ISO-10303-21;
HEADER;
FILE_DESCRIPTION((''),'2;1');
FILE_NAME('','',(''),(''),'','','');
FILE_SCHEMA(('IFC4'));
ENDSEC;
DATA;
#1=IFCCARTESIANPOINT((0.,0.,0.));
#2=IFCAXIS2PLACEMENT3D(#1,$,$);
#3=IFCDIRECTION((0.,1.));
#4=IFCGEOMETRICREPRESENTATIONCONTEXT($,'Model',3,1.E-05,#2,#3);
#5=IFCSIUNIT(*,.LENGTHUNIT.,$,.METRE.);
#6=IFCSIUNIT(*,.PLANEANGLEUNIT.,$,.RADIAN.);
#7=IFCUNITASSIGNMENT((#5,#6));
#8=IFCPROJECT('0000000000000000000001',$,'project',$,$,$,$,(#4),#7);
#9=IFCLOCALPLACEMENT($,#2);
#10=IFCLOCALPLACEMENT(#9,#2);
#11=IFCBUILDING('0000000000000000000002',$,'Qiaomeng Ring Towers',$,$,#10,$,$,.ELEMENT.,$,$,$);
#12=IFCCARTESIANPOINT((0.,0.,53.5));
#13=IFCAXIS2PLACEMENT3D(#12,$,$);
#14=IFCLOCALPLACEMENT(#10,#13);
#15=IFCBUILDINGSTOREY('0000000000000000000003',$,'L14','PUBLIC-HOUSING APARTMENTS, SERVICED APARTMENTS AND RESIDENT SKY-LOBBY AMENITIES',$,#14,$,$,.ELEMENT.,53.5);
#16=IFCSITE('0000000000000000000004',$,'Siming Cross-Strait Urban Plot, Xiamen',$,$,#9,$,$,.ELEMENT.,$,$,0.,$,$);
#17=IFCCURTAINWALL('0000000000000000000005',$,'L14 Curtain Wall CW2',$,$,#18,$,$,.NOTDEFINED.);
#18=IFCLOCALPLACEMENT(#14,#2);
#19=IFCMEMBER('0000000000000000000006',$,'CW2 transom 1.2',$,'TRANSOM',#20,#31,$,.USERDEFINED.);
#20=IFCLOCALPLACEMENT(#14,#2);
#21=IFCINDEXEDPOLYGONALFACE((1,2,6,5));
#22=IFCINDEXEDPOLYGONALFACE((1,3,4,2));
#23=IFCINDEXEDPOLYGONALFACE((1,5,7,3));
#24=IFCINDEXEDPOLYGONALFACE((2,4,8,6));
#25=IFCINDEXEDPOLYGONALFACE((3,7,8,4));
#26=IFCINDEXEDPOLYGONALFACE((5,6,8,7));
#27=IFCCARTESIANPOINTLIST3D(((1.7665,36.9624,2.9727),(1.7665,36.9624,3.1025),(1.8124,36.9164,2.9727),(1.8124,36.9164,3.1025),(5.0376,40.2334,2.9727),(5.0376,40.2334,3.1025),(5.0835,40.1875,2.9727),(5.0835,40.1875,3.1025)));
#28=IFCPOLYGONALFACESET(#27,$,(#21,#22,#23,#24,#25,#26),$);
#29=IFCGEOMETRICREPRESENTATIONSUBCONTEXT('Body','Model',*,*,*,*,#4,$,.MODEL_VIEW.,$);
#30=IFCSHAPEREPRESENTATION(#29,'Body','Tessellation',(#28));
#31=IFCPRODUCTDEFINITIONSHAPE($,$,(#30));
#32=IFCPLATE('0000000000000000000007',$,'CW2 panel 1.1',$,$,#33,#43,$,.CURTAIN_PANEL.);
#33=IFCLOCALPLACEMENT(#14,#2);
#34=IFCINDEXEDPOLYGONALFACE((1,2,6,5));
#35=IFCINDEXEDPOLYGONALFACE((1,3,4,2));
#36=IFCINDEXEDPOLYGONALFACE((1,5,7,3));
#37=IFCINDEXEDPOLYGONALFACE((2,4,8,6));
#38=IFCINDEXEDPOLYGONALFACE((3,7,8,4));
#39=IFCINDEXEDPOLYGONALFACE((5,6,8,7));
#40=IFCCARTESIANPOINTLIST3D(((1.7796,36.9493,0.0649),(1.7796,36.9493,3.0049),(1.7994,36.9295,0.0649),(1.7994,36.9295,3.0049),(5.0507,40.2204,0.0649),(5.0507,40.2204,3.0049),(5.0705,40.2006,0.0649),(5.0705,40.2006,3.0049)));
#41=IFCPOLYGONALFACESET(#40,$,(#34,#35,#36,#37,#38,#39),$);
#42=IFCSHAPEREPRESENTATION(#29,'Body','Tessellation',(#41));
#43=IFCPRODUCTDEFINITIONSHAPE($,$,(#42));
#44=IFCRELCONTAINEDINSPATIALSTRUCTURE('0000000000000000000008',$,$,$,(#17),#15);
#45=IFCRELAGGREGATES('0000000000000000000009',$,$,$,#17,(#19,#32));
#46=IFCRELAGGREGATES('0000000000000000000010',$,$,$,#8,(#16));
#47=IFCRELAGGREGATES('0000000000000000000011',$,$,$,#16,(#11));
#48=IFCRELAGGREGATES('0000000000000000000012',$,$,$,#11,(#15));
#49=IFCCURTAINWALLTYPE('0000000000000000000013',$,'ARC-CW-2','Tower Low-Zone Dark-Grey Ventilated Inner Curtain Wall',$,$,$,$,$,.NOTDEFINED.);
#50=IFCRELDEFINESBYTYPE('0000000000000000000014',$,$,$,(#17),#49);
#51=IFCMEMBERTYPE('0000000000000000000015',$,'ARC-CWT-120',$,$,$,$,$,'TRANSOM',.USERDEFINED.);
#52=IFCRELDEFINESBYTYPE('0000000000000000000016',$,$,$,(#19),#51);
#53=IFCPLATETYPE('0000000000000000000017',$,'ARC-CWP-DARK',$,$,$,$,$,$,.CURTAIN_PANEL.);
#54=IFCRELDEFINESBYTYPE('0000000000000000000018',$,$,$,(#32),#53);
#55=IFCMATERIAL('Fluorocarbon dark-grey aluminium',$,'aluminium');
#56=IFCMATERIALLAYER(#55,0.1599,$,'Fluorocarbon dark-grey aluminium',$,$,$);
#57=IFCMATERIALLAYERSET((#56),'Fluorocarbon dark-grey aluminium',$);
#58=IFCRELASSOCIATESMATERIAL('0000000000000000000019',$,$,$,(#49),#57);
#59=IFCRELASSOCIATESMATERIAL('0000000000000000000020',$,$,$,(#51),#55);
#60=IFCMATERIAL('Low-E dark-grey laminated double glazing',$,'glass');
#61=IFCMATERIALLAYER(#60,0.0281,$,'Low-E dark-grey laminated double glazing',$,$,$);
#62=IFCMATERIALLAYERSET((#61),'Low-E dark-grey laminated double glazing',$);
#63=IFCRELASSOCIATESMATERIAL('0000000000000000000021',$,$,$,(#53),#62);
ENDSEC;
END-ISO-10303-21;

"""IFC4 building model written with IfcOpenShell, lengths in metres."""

from ifc_helpers import new_model, si_unit, direction, frame, origin, origin_2d, place, context, subcontext, project, spatial, rectangle, extrude, source, transform, mapped, material, layer, layer_set, material_profile, profile_set, type_object, element, aggregate, save


model = new_model("IFC4")

# Units and contexts
model_context = context("Model", 3, precision=1e-05, world=origin(), true_north=direction((0.0, 1.0)))
body_context = subcontext(model_context, "Body", "Model", "MODEL_VIEW")
ifc_project = project(units=[si_unit("LENGTHUNIT", "METRE"), si_unit("PLANEANGLEUNIT", "RADIAN")], contexts=[model_context])

# Site, building, storey
site_placement = place(None, origin())
site = spatial("IfcSite", under=ifc_project, at=site_placement, Name="Siming Cross-Strait Urban Plot, Xiamen", CompositionType="ELEMENT", RefElevation=0.0)
building_placement = place(site_placement, origin())
building = spatial("IfcBuilding", under=site, at=building_placement, Name="Qiaomeng Ring Towers", CompositionType="ELEMENT")
storey_placement = place(building_placement, frame((0.0, 0.0, 53.5)))
storey = spatial("IfcBuildingStorey", under=building, at=storey_placement, Name="L14", Description="PUBLIC-HOUSING APARTMENTS, SERVICED APARTMENTS AND RESIDENT SKY-LOBBY AMENITIES", CompositionType="ELEMENT", Elevation=53.5)

# Curtain wall, member, plate
ifc_material_1 = material(Name="Fluorocarbon dark-grey aluminium", Category="aluminium")
ifc_layer_1 = layer(ifc_material_1, 0.1599, Name="Fluorocarbon dark-grey aluminium")
ifc_layer_set_1 = layer_set([ifc_layer_1], Name="Fluorocarbon dark-grey aluminium")
curtain_wall_type = type_object("IfcCurtainWallType", Name="ARC-CW-2", Description="Tower Low-Zone Dark-Grey Ventilated Inner Curtain Wall", PredefinedType="NOTDEFINED", material=ifc_layer_set_1)
curtain_wall_placement = place(storey_placement, origin())
curtain_wall = element("IfcCurtainWall", 1, at=curtain_wall_placement, inside=storey, type_object=curtain_wall_type, Name="L14 Curtain Wall CW2", PredefinedType="NOTDEFINED")
ifc_material_profile_1 = material_profile(ifc_material_1, rectangle(XDim=0.0649, YDim=0.1299, at=origin_2d()), Name="ALU TRAN 65x130")
ifc_profile_set_1 = profile_set([ifc_material_profile_1], Name="Fluorocarbon dark-grey aluminium")
member_type_1 = type_object("IfcMemberType", Name="ARC-CWT-120", ElementType="TRANSOM", PredefinedType="USERDEFINED", material=ifc_profile_set_1)
shared_shape_1 = source(origin(), body_context, "Body", "SweptSolid", [
    extrude(rectangle(XDim=0.0649, YDim=0.1299, at=origin_2d()), origin(), (0.0, 0.0, 1.0), 4.626),
])
member_1_placement = place(storey_placement, frame((5.0605, 40.2104, 3.0376), z_axis=(-0.707107, -0.707107, 0.0), x_axis=(0.707107, -0.707107, 0.0)))
member_1 = element("IfcMember", 2, at=member_1_placement, type_object=member_type_1, Name="CW2 transom 1.2", ObjectType="TRANSOM", PredefinedType="USERDEFINED", context=body_context, shape_type="MappedRepresentation", body=[
    mapped(shared_shape_1, transform((0.0, 0.0, 0.0), x_axis=(1.0, 0.0, 0.0), y_axis=(0.0, 1.0, 0.0), z_axis=(0.0, 0.0, 1.0), scale=1.0)),
])
ifc_material_2 = material(Name="Low-E dark-grey laminated double glazing", Category="glass")
ifc_layer_2 = layer(ifc_material_2, 0.0281, Name="Low-E dark-grey laminated double glazing")
ifc_layer_set_2 = layer_set([ifc_layer_2], Name="Low-E dark-grey laminated double glazing")
plate_type = type_object("IfcPlateType", Name="ARC-CWP-DARK", PredefinedType="CURTAIN_PANEL", material=ifc_layer_set_2)
shared_shape_2 = source(origin(), body_context, "Body", "SweptSolid", [
    extrude(rectangle(XDim=4.626, YDim=0.0281, at=origin_2d()), origin(), (0.0, 0.0, 1.0), 2.9399),
])
plate_placement = place(storey_placement, frame((3.425, 38.575, 0.0649), z_axis=(0.0, 0.0, 1.0), x_axis=(-0.707107, -0.707107, 0.0)))
plate = element("IfcPlate", 3, at=plate_placement, type_object=plate_type, Name="CW2 panel 1.1", PredefinedType="CURTAIN_PANEL", context=body_context, shape_type="MappedRepresentation", body=[
    mapped(shared_shape_2, transform((0.0, 0.0, 0.0), x_axis=(1.0, 0.0, 0.0), y_axis=(0.0, 1.0, 0.0), z_axis=(0.0, 0.0, 1.0), scale=1.0)),
])
aggregate(curtain_wall, [member_1, plate])

save(model, "model.ifc")
